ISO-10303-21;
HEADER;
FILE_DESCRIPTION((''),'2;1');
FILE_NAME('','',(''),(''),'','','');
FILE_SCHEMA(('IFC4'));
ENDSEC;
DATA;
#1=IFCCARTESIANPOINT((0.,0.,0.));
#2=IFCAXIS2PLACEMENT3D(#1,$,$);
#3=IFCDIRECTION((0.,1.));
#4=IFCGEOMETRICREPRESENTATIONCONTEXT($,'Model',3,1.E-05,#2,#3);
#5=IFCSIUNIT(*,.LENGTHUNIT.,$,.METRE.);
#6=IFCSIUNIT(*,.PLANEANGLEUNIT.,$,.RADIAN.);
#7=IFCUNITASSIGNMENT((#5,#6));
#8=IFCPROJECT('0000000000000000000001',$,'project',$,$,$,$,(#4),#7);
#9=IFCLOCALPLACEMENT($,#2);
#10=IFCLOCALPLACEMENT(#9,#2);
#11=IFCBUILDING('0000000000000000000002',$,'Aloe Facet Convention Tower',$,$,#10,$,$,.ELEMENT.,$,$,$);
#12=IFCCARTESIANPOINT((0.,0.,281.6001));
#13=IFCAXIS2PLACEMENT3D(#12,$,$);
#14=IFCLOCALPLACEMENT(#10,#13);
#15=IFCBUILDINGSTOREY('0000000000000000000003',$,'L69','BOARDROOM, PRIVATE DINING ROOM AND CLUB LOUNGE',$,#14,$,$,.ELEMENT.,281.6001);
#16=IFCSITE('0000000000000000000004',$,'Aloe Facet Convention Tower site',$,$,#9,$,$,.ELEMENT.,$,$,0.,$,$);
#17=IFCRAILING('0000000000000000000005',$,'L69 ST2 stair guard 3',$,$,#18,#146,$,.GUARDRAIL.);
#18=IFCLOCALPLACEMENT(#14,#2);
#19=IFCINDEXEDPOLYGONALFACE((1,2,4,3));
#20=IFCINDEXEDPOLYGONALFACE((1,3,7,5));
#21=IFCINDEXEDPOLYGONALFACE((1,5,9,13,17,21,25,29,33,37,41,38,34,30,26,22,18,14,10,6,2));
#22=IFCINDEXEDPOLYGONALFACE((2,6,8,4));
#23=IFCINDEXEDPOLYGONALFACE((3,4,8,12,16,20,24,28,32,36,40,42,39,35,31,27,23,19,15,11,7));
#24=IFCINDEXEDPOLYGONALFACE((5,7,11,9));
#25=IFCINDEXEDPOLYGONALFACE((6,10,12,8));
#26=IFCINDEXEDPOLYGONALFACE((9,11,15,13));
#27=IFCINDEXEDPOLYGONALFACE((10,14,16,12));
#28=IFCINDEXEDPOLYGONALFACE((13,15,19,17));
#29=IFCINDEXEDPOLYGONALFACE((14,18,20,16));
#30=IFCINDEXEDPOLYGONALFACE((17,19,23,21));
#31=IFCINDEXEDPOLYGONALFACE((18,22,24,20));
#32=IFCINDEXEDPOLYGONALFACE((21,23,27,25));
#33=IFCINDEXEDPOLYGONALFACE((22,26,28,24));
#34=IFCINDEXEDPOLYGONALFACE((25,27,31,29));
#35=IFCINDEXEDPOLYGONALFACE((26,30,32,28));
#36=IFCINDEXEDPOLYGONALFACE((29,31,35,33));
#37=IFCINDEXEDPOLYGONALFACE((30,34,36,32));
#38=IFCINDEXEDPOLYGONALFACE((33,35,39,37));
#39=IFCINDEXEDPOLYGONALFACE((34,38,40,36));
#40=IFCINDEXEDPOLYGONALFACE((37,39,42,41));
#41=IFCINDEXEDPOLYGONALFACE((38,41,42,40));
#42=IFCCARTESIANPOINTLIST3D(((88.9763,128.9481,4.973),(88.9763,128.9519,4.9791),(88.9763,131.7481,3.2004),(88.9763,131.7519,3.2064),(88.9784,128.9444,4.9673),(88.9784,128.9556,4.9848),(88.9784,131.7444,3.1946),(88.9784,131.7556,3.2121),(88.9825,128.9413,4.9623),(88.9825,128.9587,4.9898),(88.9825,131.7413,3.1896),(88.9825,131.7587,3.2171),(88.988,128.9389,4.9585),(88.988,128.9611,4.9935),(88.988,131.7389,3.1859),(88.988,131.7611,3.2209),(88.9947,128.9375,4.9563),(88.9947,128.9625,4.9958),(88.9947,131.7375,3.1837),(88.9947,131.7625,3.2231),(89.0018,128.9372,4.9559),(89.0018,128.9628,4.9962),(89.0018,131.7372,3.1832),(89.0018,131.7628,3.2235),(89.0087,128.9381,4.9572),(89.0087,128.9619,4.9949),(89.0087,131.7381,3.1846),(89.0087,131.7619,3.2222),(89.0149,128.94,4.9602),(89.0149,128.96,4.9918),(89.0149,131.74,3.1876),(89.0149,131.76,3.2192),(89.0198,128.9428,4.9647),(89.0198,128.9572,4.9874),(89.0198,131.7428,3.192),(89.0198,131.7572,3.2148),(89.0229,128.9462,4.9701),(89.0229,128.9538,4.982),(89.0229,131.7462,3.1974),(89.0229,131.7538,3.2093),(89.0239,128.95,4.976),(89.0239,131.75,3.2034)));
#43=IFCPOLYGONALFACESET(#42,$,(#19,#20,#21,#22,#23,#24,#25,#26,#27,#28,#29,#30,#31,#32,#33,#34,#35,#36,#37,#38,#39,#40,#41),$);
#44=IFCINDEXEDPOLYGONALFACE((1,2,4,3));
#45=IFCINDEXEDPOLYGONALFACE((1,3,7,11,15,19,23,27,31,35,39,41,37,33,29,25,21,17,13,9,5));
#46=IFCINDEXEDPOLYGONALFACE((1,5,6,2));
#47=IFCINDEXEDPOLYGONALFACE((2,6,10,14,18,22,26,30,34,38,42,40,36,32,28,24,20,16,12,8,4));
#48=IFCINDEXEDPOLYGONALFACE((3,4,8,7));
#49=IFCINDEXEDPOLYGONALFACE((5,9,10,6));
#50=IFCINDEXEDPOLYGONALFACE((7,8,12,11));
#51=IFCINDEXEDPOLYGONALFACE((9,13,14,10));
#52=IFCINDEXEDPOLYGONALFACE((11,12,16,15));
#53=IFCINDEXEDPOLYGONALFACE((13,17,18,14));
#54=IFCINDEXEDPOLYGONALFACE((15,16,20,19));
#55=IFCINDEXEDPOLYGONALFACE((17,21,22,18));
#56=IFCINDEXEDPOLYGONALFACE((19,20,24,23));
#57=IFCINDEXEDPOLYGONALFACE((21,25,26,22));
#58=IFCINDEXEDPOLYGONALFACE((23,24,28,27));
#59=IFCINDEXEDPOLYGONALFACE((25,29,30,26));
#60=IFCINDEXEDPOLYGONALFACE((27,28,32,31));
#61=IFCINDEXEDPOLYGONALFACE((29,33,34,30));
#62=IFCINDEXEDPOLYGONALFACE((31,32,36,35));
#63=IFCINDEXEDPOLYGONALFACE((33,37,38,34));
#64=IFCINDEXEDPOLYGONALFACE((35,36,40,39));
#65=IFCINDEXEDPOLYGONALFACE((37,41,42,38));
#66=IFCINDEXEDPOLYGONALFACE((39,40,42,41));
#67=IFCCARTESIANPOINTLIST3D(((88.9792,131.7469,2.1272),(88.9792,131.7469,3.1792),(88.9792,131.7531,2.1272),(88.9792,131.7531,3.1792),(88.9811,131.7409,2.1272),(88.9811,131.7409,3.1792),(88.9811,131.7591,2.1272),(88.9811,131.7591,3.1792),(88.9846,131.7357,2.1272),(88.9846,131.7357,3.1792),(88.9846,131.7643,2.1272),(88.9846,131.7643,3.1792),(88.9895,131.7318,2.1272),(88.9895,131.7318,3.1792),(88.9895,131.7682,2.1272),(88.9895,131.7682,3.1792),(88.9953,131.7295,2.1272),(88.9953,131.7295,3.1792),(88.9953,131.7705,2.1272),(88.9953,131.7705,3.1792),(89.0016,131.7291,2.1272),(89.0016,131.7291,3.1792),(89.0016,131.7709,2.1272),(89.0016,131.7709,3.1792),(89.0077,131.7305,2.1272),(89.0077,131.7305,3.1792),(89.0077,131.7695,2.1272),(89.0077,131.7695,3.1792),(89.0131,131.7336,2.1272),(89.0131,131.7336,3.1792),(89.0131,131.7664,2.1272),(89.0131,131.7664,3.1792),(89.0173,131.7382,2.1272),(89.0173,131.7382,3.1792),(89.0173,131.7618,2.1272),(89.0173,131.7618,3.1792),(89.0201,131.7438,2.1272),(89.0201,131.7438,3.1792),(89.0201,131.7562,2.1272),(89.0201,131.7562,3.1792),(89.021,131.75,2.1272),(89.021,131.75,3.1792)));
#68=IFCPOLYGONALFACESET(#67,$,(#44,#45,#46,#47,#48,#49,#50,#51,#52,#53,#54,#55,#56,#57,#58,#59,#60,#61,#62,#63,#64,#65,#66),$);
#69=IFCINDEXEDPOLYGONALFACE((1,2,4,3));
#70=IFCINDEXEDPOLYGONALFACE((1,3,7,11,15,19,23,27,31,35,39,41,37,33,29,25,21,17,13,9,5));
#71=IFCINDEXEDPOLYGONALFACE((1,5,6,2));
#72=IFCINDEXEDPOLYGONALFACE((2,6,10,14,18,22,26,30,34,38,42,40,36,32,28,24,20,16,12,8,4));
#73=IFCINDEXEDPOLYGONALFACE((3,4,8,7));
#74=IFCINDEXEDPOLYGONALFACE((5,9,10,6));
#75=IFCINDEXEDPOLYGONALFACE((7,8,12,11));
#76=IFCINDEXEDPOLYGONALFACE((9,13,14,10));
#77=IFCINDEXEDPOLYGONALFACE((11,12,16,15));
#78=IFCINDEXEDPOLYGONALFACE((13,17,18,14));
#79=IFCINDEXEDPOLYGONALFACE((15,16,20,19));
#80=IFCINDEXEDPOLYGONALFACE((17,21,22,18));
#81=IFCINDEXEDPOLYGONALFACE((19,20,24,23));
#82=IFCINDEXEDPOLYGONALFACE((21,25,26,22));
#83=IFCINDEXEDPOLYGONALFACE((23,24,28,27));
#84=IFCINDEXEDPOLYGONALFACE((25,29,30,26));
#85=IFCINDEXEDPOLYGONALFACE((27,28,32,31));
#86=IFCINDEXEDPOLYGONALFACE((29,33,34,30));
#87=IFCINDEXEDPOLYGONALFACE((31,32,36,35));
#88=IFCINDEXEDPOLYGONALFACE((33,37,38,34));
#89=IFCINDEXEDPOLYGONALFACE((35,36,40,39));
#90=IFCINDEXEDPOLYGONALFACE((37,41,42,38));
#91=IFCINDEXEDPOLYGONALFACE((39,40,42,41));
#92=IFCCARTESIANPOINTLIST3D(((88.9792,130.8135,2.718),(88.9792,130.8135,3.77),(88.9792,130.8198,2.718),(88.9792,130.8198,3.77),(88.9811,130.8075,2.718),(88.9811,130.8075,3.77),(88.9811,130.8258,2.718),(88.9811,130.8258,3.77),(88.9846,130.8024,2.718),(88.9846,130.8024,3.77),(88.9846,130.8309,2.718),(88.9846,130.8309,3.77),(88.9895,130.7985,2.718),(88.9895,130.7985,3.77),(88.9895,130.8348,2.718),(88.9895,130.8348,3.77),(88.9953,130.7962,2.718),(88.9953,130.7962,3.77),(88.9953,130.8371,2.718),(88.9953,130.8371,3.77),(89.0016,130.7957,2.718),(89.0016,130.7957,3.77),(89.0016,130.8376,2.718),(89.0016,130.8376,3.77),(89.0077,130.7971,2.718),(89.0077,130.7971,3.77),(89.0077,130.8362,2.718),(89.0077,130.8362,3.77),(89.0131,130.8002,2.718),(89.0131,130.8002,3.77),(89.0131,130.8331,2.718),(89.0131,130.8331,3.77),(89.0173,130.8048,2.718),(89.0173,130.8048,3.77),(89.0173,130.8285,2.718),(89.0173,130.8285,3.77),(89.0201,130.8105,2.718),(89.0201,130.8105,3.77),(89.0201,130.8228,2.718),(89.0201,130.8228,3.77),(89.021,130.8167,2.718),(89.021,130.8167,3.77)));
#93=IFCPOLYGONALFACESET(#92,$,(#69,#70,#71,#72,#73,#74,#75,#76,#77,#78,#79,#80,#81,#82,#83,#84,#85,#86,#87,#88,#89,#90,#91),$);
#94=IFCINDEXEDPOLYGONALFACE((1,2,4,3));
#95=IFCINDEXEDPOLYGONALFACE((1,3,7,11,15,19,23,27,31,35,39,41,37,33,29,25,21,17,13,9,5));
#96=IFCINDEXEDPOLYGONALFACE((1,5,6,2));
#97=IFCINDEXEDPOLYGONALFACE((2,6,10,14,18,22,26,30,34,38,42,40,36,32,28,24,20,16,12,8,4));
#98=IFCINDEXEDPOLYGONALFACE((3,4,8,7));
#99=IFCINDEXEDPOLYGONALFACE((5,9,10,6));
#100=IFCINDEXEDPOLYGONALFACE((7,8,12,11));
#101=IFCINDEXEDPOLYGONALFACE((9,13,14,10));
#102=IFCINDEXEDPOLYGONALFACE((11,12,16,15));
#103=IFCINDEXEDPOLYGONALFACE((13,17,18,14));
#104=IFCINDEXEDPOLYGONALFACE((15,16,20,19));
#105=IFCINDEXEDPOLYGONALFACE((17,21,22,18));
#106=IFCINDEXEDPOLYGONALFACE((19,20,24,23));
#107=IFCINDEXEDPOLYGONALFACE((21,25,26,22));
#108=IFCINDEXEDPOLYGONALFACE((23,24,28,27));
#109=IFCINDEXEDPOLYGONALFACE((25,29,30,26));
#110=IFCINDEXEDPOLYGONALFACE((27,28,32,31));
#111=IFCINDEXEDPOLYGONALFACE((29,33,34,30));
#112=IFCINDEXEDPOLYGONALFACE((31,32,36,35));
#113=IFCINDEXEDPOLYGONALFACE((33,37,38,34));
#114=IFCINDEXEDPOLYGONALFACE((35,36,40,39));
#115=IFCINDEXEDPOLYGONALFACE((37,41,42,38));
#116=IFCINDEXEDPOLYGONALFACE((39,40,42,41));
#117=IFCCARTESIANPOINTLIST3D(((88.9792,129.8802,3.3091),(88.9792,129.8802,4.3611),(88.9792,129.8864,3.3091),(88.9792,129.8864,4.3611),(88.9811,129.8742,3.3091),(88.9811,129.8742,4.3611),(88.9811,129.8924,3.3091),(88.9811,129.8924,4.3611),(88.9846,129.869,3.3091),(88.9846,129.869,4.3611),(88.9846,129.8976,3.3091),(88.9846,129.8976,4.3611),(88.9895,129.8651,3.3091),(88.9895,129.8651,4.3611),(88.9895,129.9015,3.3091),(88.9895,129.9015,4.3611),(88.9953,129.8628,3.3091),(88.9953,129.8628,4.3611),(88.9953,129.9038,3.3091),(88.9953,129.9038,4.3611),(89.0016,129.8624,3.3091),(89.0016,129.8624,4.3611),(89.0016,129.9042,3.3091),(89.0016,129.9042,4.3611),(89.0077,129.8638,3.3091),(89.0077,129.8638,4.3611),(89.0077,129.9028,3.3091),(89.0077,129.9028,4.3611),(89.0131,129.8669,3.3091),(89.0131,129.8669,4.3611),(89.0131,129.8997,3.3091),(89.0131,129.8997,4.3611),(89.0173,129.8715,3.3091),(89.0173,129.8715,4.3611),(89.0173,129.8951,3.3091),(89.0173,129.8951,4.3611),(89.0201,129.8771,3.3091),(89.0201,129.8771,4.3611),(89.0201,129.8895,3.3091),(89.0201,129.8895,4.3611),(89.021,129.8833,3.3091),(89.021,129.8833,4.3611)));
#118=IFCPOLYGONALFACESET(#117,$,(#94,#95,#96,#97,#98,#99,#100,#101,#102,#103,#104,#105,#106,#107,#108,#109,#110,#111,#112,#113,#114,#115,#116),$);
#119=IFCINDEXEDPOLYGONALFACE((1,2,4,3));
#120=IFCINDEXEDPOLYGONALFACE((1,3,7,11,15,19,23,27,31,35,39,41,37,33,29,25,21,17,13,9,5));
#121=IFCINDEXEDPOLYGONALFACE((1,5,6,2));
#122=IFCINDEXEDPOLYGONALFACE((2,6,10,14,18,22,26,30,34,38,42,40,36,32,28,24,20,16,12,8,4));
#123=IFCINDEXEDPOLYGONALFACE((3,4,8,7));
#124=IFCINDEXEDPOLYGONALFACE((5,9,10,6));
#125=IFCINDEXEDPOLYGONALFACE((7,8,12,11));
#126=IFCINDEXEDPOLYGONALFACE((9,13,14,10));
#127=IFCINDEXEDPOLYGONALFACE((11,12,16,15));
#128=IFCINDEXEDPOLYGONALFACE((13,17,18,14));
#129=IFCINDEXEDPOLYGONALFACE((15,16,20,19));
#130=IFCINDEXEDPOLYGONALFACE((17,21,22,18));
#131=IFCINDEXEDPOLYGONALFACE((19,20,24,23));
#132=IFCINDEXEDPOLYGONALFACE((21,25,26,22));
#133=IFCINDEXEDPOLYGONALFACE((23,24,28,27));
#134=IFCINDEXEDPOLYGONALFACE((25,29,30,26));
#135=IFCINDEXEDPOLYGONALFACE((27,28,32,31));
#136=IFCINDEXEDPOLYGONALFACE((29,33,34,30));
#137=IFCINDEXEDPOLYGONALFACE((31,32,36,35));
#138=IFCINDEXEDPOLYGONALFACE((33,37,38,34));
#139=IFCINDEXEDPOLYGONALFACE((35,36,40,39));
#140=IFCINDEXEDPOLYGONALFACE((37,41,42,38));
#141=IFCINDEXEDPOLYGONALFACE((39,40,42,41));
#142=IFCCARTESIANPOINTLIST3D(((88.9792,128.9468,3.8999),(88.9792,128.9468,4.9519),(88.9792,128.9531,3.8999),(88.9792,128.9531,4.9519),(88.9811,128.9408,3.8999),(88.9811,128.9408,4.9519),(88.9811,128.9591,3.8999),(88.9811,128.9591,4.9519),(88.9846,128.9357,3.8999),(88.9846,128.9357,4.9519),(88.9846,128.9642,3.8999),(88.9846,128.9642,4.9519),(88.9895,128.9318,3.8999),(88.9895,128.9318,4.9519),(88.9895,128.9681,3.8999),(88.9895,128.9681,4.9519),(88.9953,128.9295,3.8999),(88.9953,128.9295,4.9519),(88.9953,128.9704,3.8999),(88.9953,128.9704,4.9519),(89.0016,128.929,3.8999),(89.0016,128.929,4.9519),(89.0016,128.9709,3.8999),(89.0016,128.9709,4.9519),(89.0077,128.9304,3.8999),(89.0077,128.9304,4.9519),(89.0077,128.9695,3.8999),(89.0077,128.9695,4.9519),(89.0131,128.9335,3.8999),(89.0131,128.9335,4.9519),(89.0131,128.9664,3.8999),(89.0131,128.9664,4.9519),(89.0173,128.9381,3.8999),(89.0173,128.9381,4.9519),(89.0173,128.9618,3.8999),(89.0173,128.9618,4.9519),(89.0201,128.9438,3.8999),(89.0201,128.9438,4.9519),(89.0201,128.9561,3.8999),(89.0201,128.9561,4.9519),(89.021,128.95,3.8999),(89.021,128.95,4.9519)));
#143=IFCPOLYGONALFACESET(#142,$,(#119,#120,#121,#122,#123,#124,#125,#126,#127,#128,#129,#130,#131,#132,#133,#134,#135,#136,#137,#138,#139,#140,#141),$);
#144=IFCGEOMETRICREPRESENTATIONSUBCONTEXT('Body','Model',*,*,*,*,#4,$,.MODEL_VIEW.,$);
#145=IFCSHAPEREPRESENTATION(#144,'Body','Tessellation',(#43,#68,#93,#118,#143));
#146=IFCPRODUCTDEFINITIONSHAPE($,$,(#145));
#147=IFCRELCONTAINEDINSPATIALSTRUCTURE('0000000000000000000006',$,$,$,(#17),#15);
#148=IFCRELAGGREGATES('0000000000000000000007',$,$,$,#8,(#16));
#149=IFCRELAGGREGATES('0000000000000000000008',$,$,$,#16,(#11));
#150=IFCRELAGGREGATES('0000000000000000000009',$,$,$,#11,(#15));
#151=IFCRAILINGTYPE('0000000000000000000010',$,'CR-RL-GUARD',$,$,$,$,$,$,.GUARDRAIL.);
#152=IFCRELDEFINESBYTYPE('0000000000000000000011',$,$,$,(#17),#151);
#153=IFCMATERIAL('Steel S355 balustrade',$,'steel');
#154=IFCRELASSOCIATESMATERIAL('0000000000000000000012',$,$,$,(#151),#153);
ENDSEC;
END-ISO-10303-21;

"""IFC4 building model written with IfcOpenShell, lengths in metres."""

from ifc_helpers import new_model, si_unit, direction, frame, origin, origin_2d, place, context, subcontext, project, spatial, circle, extrude, material, type_object, element, save


model = new_model("IFC4")

# Units and contexts
model_context = context("Model", 3, precision=1e-05, world=origin(), true_north=direction((0.0, 1.0)))
body_context = subcontext(model_context, "Body", "Model", "MODEL_VIEW")
ifc_project = project(units=[si_unit("LENGTHUNIT", "METRE"), si_unit("PLANEANGLEUNIT", "RADIAN")], contexts=[model_context])

# Site, building, storey
site_placement = place(None, origin())
site = spatial("IfcSite", under=ifc_project, at=site_placement, Name="Aloe Facet Convention Tower site", CompositionType="ELEMENT", RefElevation=0.0)
building_placement = place(site_placement, origin())
building = spatial("IfcBuilding", under=site, at=building_placement, Name="Aloe Facet Convention Tower", CompositionType="ELEMENT")
storey_placement = place(building_placement, frame((0.0, 0.0, 281.6001)))
storey = spatial("IfcBuildingStorey", under=building, at=storey_placement, Name="L69", Description="BOARDROOM, PRIVATE DINING ROOM AND CLUB LOUNGE", CompositionType="ELEMENT", Elevation=281.6001)

# Railing
ifc_material_1 = material(Name="Steel S355 balustrade", Category="steel")
railing_type_1 = type_object("IfcRailingType", Name="CR-RL-GUARD", PredefinedType="GUARDRAIL", material=ifc_material_1)
railing_1_placement = place(storey_placement, frame((89.0, 131.75, 2.1272)))
element("IfcRailing", 1, at=railing_1_placement, inside=storey, type_object=railing_type_1, Name="L69 ST2 stair guard 3", PredefinedType="GUARDRAIL", context=body_context, shape_type="SweptSolid", body=[
    extrude(circle(Radius=0.0239, at=origin_2d()), frame((0.0, 0.0, 1.0762), z_axis=(0.0, -0.844909, 0.53491), x_axis=(1.0, 0.0, 0.0)), (0.0, 0.0, 1.0), 3.314),
    extrude(circle(Radius=0.021, at=origin_2d()), origin(), (0.0, 0.0, 1.0), 1.052),
    extrude(circle(Radius=0.021, at=origin_2d()), frame((0.0, -0.9333, 0.5908)), (0.0, 0.0, 1.0), 1.052),
    extrude(circle(Radius=0.021, at=origin_2d()), frame((0.0, -1.8667, 1.1819)), (0.0, 0.0, 1.0), 1.052),
    extrude(circle(Radius=0.021, at=origin_2d()), frame((0.0, -2.8, 1.7727)), (0.0, 0.0, 1.0), 1.052),
])

save(model, "model.ifc")
